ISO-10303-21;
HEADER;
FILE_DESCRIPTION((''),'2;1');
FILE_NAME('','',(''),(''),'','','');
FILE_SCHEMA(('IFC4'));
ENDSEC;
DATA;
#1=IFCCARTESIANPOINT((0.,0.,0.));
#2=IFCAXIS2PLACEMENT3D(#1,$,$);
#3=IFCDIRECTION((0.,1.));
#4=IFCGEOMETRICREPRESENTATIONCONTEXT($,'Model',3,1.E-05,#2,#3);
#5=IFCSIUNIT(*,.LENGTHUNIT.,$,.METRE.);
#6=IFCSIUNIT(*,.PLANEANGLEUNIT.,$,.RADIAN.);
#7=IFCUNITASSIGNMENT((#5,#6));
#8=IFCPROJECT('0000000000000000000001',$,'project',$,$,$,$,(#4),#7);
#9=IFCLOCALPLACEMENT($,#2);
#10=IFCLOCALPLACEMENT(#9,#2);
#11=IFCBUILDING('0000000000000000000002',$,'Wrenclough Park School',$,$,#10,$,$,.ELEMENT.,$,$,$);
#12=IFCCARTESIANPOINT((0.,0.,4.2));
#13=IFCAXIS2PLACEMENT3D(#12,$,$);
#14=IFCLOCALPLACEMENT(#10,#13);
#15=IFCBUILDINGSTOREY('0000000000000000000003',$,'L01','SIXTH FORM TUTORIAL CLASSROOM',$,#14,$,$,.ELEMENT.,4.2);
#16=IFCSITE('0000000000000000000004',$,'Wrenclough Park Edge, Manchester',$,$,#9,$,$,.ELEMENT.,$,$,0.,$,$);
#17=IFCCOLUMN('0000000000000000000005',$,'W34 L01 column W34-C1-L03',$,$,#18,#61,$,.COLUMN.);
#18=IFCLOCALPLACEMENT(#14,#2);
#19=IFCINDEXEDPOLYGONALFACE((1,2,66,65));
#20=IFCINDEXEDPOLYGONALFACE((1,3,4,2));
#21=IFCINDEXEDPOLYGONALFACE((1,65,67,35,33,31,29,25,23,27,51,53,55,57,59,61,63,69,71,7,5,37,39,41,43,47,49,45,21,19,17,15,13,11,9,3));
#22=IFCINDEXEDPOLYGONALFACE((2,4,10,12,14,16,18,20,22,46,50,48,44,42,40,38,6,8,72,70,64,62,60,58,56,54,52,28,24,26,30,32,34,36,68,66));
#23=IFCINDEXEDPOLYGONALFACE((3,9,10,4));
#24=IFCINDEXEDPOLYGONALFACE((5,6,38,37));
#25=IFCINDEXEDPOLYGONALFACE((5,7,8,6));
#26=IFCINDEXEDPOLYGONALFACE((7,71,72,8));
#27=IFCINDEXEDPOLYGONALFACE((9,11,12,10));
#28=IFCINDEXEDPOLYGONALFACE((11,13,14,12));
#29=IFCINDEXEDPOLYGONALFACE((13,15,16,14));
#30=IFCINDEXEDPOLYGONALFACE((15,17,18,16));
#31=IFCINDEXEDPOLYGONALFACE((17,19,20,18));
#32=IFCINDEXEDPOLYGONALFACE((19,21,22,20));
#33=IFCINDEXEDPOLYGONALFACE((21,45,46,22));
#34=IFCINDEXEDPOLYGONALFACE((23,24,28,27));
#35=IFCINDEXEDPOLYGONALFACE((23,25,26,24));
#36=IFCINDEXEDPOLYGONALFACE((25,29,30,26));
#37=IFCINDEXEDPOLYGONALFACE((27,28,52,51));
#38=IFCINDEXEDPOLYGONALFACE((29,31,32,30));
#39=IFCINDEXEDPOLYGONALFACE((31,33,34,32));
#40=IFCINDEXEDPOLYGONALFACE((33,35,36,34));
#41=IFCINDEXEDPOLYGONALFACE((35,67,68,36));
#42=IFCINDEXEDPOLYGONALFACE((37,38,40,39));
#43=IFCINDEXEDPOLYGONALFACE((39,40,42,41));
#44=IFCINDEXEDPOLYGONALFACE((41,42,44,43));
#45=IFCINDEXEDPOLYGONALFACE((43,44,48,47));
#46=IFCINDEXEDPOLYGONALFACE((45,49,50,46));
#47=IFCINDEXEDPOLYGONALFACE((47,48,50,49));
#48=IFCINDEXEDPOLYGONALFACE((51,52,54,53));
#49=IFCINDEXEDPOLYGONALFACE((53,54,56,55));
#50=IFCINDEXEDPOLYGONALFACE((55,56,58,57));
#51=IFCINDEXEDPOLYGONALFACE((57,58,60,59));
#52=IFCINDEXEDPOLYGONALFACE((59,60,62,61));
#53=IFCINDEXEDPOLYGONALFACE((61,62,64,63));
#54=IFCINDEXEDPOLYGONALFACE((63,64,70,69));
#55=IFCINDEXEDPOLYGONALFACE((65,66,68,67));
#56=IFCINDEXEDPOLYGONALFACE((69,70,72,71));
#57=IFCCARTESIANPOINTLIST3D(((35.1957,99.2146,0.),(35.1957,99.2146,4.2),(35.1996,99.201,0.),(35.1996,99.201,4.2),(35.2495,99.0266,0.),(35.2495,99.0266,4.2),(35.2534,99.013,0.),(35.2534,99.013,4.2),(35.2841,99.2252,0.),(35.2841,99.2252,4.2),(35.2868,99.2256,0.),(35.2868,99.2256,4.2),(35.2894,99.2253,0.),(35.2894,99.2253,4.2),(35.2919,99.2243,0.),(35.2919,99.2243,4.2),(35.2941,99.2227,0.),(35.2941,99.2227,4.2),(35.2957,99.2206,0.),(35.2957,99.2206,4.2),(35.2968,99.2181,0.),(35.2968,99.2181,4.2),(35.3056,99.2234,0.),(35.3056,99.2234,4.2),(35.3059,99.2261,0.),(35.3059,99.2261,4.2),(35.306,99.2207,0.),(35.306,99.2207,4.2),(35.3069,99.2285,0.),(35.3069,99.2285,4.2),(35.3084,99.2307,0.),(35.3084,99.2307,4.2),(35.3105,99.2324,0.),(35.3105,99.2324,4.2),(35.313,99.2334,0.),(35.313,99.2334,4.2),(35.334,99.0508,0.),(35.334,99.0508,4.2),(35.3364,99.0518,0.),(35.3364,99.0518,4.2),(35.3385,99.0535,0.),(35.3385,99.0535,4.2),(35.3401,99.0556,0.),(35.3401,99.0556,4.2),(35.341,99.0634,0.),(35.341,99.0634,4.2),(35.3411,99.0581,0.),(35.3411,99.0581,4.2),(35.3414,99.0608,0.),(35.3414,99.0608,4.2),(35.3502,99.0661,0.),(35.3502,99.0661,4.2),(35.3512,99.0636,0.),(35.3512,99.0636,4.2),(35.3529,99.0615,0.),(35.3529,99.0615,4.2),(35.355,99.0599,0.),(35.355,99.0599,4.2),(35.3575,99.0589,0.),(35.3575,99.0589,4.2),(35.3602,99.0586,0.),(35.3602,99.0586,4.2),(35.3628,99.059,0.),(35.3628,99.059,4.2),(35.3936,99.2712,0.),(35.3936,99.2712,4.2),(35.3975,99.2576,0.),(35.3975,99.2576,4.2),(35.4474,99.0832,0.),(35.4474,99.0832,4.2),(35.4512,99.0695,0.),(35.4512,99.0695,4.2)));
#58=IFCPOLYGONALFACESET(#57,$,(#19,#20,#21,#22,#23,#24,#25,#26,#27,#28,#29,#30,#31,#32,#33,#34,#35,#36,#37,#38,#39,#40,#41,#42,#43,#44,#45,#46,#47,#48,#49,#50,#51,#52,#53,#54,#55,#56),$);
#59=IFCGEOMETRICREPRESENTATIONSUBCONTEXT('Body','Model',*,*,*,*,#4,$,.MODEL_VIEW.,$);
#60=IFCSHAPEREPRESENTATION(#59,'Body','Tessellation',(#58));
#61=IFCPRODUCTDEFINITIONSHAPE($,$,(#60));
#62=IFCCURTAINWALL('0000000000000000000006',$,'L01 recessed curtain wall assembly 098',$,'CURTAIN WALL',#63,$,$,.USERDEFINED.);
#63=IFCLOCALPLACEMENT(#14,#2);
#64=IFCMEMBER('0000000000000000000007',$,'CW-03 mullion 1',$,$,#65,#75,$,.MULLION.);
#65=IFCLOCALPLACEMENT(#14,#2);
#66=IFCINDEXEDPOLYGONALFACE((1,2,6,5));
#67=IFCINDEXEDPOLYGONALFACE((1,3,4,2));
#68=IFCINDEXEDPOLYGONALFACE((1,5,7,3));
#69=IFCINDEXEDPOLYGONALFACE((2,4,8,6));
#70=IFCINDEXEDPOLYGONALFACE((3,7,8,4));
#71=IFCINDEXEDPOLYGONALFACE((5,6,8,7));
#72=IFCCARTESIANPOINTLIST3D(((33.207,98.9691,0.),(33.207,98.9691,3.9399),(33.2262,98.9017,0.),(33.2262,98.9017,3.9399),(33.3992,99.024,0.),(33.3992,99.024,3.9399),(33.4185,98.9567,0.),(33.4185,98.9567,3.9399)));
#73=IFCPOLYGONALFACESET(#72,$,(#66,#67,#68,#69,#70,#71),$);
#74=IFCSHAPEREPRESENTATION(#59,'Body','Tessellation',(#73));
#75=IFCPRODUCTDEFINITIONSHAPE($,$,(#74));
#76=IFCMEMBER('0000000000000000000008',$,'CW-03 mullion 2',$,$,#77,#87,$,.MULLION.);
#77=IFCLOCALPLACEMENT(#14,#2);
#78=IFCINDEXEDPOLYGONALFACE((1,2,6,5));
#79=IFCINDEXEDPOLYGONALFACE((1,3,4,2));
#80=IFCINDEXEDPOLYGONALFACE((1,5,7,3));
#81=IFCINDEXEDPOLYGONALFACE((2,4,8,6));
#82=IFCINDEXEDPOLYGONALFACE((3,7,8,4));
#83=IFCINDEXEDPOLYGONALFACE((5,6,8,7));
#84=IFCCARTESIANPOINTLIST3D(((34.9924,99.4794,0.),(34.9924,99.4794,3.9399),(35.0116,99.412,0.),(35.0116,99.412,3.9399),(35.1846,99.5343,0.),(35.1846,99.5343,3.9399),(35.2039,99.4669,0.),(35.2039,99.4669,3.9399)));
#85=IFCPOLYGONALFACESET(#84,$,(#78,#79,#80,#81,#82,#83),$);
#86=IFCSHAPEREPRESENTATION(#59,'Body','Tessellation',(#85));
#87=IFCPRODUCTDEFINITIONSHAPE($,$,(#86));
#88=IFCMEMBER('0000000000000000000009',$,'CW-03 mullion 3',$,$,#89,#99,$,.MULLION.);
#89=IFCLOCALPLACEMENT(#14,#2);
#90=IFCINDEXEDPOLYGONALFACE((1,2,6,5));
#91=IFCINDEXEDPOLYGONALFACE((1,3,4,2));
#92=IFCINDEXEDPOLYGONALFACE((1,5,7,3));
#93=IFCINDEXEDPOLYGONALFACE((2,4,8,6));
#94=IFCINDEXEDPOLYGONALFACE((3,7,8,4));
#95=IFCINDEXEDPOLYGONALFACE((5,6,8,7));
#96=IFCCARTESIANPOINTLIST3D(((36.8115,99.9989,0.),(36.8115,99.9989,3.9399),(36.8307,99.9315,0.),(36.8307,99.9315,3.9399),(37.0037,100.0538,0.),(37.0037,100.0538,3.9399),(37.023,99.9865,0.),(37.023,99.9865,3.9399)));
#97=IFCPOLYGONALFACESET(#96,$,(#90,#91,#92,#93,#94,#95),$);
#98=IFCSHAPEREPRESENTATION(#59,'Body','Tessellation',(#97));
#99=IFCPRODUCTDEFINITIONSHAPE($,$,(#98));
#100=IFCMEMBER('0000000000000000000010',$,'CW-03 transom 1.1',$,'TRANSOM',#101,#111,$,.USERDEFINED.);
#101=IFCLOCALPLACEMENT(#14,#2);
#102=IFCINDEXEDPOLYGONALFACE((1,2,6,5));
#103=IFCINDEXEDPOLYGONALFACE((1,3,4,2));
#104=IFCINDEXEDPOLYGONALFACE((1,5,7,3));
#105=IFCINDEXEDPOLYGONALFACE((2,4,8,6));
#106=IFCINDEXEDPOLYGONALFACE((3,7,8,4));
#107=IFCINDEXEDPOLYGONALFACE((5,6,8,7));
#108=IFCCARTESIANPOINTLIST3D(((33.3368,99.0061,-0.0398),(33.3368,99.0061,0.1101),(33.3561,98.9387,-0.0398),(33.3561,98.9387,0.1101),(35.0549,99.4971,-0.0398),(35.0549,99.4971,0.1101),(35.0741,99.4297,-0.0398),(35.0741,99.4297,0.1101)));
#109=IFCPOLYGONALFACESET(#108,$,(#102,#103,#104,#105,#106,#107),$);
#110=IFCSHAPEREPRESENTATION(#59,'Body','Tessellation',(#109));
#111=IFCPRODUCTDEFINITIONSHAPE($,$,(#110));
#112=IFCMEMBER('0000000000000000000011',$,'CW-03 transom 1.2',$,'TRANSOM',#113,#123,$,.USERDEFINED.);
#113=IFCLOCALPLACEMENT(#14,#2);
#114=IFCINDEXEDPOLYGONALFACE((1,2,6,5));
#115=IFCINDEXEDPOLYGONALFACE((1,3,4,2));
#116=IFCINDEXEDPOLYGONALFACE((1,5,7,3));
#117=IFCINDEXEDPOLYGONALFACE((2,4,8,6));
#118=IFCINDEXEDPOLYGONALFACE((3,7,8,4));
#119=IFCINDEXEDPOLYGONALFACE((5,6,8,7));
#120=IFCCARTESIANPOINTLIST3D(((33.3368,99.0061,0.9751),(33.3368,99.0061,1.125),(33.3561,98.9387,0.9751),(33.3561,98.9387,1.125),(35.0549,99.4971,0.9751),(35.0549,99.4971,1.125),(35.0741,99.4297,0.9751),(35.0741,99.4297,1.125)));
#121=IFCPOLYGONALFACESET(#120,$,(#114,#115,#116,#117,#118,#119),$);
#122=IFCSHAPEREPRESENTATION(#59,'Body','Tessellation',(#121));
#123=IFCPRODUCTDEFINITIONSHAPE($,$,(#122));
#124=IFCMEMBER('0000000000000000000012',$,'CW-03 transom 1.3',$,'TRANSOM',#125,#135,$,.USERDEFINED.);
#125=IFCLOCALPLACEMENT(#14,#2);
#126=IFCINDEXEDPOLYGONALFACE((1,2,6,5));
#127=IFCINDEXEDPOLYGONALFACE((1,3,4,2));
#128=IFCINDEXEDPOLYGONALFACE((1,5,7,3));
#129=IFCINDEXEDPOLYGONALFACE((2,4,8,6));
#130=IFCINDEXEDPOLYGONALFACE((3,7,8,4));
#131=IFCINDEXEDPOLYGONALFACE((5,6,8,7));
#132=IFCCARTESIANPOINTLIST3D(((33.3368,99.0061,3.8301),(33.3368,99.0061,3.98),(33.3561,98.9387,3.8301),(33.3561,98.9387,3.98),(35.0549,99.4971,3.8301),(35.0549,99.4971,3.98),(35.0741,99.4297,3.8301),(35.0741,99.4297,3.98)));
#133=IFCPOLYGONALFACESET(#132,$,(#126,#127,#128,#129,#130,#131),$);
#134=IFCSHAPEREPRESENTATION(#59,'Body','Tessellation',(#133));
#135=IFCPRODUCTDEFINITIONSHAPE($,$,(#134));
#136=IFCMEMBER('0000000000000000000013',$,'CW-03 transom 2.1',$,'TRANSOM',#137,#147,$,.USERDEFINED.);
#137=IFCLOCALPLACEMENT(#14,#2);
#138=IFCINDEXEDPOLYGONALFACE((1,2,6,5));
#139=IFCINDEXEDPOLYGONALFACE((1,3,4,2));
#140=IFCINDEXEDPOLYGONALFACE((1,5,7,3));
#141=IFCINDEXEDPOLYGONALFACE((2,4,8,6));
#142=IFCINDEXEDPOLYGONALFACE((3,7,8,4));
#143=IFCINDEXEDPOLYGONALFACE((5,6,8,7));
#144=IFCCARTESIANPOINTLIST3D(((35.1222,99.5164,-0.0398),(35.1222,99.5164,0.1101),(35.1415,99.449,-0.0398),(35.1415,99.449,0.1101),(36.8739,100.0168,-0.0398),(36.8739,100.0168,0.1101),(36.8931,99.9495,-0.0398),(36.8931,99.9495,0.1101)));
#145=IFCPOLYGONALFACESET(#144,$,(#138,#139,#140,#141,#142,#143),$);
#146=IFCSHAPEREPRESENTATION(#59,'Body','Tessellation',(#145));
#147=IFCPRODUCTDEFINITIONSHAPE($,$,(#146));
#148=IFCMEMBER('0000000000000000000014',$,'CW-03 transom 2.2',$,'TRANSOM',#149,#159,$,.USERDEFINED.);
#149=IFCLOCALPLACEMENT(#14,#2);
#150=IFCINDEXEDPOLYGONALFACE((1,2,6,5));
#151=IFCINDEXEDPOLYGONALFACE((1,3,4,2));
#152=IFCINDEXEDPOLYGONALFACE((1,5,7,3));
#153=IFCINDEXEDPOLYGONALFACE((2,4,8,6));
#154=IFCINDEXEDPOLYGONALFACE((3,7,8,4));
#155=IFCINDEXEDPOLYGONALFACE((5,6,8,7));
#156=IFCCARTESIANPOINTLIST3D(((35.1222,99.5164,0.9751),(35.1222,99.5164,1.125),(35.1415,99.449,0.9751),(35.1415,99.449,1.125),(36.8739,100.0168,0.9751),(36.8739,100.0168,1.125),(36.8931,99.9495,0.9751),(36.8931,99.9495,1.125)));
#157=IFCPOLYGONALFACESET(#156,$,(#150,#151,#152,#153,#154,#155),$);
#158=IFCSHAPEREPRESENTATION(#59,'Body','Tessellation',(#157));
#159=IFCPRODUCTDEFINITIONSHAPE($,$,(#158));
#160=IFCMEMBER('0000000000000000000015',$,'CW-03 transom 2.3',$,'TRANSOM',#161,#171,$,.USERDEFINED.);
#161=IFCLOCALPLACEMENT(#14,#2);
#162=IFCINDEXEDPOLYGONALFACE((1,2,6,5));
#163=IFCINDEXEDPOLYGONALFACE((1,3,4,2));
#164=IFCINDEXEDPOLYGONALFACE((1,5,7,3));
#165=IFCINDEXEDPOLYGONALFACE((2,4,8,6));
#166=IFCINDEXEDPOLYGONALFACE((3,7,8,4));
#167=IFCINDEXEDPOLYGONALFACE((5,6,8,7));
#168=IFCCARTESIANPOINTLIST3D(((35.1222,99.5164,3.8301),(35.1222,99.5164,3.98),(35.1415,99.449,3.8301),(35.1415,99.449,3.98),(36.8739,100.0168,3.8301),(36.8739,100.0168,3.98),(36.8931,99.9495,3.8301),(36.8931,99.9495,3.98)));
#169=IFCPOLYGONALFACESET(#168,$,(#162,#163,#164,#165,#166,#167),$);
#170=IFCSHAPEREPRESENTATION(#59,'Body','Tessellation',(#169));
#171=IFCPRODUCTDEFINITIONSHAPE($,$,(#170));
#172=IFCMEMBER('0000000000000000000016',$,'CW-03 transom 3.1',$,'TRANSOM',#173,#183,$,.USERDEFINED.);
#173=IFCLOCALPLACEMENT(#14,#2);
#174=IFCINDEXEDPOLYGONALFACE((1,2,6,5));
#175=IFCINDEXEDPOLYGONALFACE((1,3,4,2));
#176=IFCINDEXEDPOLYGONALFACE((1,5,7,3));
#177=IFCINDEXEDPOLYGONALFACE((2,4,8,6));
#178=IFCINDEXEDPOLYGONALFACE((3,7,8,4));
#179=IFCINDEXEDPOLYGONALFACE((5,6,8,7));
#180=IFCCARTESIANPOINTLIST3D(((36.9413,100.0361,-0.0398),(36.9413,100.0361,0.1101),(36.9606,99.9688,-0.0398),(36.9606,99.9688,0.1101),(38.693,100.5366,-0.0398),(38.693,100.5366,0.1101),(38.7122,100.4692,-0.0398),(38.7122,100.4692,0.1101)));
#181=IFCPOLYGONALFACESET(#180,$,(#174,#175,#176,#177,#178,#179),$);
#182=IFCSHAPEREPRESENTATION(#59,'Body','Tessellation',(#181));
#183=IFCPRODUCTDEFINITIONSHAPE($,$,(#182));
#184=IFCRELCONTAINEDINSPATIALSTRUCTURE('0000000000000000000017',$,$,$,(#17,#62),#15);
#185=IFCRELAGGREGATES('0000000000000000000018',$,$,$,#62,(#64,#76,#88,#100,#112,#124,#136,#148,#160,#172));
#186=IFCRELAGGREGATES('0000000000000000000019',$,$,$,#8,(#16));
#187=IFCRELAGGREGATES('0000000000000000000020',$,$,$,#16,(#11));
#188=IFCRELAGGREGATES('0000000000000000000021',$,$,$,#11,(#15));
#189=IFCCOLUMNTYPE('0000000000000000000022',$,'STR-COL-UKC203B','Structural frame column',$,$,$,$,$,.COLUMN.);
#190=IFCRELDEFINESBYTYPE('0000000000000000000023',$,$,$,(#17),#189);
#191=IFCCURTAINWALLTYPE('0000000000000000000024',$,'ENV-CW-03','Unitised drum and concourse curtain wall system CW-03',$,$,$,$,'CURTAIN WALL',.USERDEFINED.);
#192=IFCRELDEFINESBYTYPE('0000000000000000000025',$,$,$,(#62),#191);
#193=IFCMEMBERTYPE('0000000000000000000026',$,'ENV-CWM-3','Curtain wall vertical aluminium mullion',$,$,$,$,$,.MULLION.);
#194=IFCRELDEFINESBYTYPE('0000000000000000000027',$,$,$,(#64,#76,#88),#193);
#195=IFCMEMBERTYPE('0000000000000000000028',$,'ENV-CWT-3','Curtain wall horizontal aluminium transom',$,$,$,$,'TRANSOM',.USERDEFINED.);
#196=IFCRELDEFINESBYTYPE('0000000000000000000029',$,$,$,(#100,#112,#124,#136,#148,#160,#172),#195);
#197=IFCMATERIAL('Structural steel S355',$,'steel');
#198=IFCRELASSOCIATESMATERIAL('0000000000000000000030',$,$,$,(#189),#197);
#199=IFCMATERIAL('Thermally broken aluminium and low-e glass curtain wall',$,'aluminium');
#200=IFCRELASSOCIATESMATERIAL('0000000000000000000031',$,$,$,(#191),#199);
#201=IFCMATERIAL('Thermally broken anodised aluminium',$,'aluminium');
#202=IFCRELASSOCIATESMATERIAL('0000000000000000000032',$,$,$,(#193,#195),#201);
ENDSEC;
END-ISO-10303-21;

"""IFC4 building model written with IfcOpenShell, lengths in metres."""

from ifc_helpers import new_model, si_unit, direction, frame, origin, origin_2d, place, context, subcontext, project, spatial, rectangle, i_section, extrude, material, material_profile, profile_set, type_object, element, aggregate, save


model = new_model("IFC4")

# Units and contexts
model_context = context("Model", 3, precision=1e-05, world=origin(), true_north=direction((0.0, 1.0)))
body_context = subcontext(model_context, "Body", "Model", "MODEL_VIEW")
ifc_project = project(units=[si_unit("LENGTHUNIT", "METRE"), si_unit("PLANEANGLEUNIT", "RADIAN")], contexts=[model_context])

# Site, building, storey
site_placement = place(None, origin())
site = spatial("IfcSite", under=ifc_project, at=site_placement, Name="Wrenclough Park Edge, Manchester", CompositionType="ELEMENT", RefElevation=0.0)
building_placement = place(site_placement, origin())
building = spatial("IfcBuilding", under=site, at=building_placement, Name="Wrenclough Park School", CompositionType="ELEMENT")
storey_placement = place(building_placement, frame((0.0, 0.0, 4.2)))
storey = spatial("IfcBuildingStorey", under=building, at=storey_placement, Name="L01", Description="SIXTH FORM TUTORIAL CLASSROOM", CompositionType="ELEMENT", Elevation=4.2)

# Column
ifc_material_1 = material(Name="Structural steel S355", Category="steel")
ifc_material_profile_1 = material_profile(ifc_material_1, i_section(OverallWidth=0.2058, OverallDepth=0.2097, WebThickness=0.0095, FlangeThickness=0.0142, FilletRadius=0.0103, at=origin_2d()), Name="UKC 203x203x60")
ifc_profile_set_1 = profile_set([ifc_material_profile_1], Name="Structural steel S355")
column_type = type_object("IfcColumnType", Name="STR-COL-UKC203B", Description="Structural frame column", PredefinedType="COLUMN", material=ifc_profile_set_1)
column_placement = place(storey_placement, frame((35.3235, 99.1421, 0.0), z_axis=(0.0, 0.0, 1.0), x_axis=(0.961502, 0.274798, 0.0)))
element("IfcColumn", 1, at=column_placement, inside=storey, type_object=column_type, Name="W34 L01 column W34-C1-L03", PredefinedType="COLUMN", context=body_context, shape_type="SweptSolid", body=[
    extrude(i_section(OverallWidth=0.2058, OverallDepth=0.2097, WebThickness=0.0095, FlangeThickness=0.0142, FilletRadius=0.0103, at=origin_2d()), origin(), (0.0, 0.0, 1.0), 4.2),
])

# Curtain wall, members
ifc_material_2 = material(Name="Thermally broken aluminium and low-e glass curtain wall", Category="aluminium")
curtain_wall_type = type_object("IfcCurtainWallType", Name="ENV-CW-03", Description="Unitised drum and concourse curtain wall system CW-03", ElementType="CURTAIN WALL", PredefinedType="USERDEFINED", material=ifc_material_2)
curtain_wall_placement = place(storey_placement, origin())
curtain_wall = element("IfcCurtainWall", 2, at=curtain_wall_placement, inside=storey, type_object=curtain_wall_type, Name="L01 recessed curtain wall assembly 098", ObjectType="CURTAIN WALL", PredefinedType="USERDEFINED")
ifc_material_3 = material(Name="Thermally broken anodised aluminium", Category="aluminium")
ifc_material_profile_2 = material_profile(ifc_material_3, rectangle(XDim=0.0701, YDim=0.2, at=origin_2d()), Name="AL MULLION 70x200")
ifc_profile_set_2 = profile_set([ifc_material_profile_2], Name="Thermally broken anodised aluminium")
member_type_1 = type_object("IfcMemberType", Name="ENV-CWM-3", Description="Curtain wall vertical aluminium mullion", PredefinedType="MULLION", material=ifc_profile_set_2)
member_1_placement = place(storey_placement, frame((33.3127, 98.9629, 0.0), z_axis=(0.0, 0.0, 1.0), x_axis=(-0.274726, 0.961522, 0.0)))
member_1 = element("IfcMember", 3, at=member_1_placement, type_object=member_type_1, Name="CW-03 mullion 1", PredefinedType="MULLION", context=body_context, shape_type="SweptSolid", body=[
    extrude(rectangle(XDim=0.0701, YDim=0.2, at=origin_2d()), origin(), (0.0, 0.0, 1.0), 3.9399),
])
member_2_placement = place(storey_placement, frame((35.0981, 99.4731, 0.0), z_axis=(0.0, 0.0, 1.0), x_axis=(-0.274726, 0.961522, 0.0)))
member_2 = element("IfcMember", 4, at=member_2_placement, type_object=member_type_1, Name="CW-03 mullion 2", PredefinedType="MULLION", context=body_context, shape_type="SweptSolid", body=[
    extrude(rectangle(XDim=0.0701, YDim=0.2, at=origin_2d()), origin(), (0.0, 0.0, 1.0), 3.9399),
])
member_3_placement = place(storey_placement, frame((36.9172, 99.9927, 0.0), z_axis=(0.0, 0.0, 1.0), x_axis=(-0.274726, 0.961522, 0.0)))
member_3 = element("IfcMember", 5, at=member_3_placement, type_object=member_type_1, Name="CW-03 mullion 3", PredefinedType="MULLION", context=body_context, shape_type="SweptSolid", body=[
    extrude(rectangle(XDim=0.0701, YDim=0.2, at=origin_2d()), origin(), (0.0, 0.0, 1.0), 3.9399),
])
ifc_material_profile_3 = material_profile(ifc_material_3, rectangle(XDim=0.0701, YDim=0.1499, at=origin_2d()), Name="AL TRANSOM 70x150")
ifc_profile_set_3 = profile_set([ifc_material_profile_3], Name="Thermally broken anodised aluminium")
member_type_2 = type_object("IfcMemberType", Name="ENV-CWT-3", Description="Curtain wall horizontal aluminium transom", ElementType="TRANSOM", PredefinedType="USERDEFINED", material=ifc_profile_set_3)
member_4_placement = place(storey_placement, frame((33.3464, 98.9724, 0.0352), z_axis=(0.961508, 0.274775, 0.0), x_axis=(-0.274775, 0.961508, 0.0)))
member_4 = element("IfcMember", 6, at=member_4_placement, type_object=member_type_2, Name="CW-03 transom 1.1", ObjectType="TRANSOM", PredefinedType="USERDEFINED", context=body_context, shape_type="SweptSolid", body=[
    extrude(rectangle(XDim=0.0701, YDim=0.1499, at=origin_2d()), origin(), (0.0, 0.0, 1.0), 1.7869),
])
member_5_placement = place(storey_placement, frame((33.3464, 98.9724, 1.05), z_axis=(0.961508, 0.274775, 0.0), x_axis=(-0.274775, 0.961508, 0.0)))
member_5 = element("IfcMember", 7, at=member_5_placement, type_object=member_type_2, Name="CW-03 transom 1.2", ObjectType="TRANSOM", PredefinedType="USERDEFINED", context=body_context, shape_type="SweptSolid", body=[
    extrude(rectangle(XDim=0.0701, YDim=0.1499, at=origin_2d()), origin(), (0.0, 0.0, 1.0), 1.7869),
])
member_6_placement = place(storey_placement, frame((33.3464, 98.9724, 3.905), z_axis=(0.961508, 0.274775, 0.0), x_axis=(-0.274775, 0.961508, 0.0)))
member_6 = element("IfcMember", 8, at=member_6_placement, type_object=member_type_2, Name="CW-03 transom 1.3", ObjectType="TRANSOM", PredefinedType="USERDEFINED", context=body_context, shape_type="SweptSolid", body=[
    extrude(rectangle(XDim=0.0701, YDim=0.1499, at=origin_2d()), origin(), (0.0, 0.0, 1.0), 1.7869),
])
member_7_placement = place(storey_placement, frame((35.1318, 99.4827, 0.0352), z_axis=(0.961524, 0.274721, 0.0), x_axis=(-0.274721, 0.961524, 0.0)))
member_7 = element("IfcMember", 9, at=member_7_placement, type_object=member_type_2, Name="CW-03 transom 2.1", ObjectType="TRANSOM", PredefinedType="USERDEFINED", context=body_context, shape_type="SweptSolid", body=[
    extrude(rectangle(XDim=0.0701, YDim=0.1499, at=origin_2d()), origin(), (0.0, 0.0, 1.0), 1.8218),
])
member_8_placement = place(storey_placement, frame((35.1318, 99.4827, 1.05), z_axis=(0.961524, 0.274721, 0.0), x_axis=(-0.274721, 0.961524, 0.0)))
member_8 = element("IfcMember", 10, at=member_8_placement, type_object=member_type_2, Name="CW-03 transom 2.2", ObjectType="TRANSOM", PredefinedType="USERDEFINED", context=body_context, shape_type="SweptSolid", body=[
    extrude(rectangle(XDim=0.0701, YDim=0.1499, at=origin_2d()), origin(), (0.0, 0.0, 1.0), 1.8218),
])
member_9_placement = place(storey_placement, frame((35.1318, 99.4827, 3.905), z_axis=(0.961524, 0.274721, 0.0), x_axis=(-0.274721, 0.961524, 0.0)))
member_9 = element("IfcMember", 11, at=member_9_placement, type_object=member_type_2, Name="CW-03 transom 2.3", ObjectType="TRANSOM", PredefinedType="USERDEFINED", context=body_context, shape_type="SweptSolid", body=[
    extrude(rectangle(XDim=0.0701, YDim=0.1499, at=origin_2d()), origin(), (0.0, 0.0, 1.0), 1.8218),
])
member_10_placement = place(storey_placement, frame((36.9509, 100.0024, 0.0352), z_axis=(0.961524, 0.274721, 0.0), x_axis=(-0.274721, 0.961524, 0.0)))
member_10 = element("IfcMember", 12, at=member_10_placement, type_object=member_type_2, Name="CW-03 transom 3.1", ObjectType="TRANSOM", PredefinedType="USERDEFINED", context=body_context, shape_type="SweptSolid", body=[
    extrude(rectangle(XDim=0.0701, YDim=0.1499, at=origin_2d()), origin(), (0.0, 0.0, 1.0), 1.8218),
])

aggregate(curtain_wall, [member_1, member_2, member_3, member_4, member_5, member_6, member_7, member_8, member_9, member_10])

save(model, "model.ifc")
